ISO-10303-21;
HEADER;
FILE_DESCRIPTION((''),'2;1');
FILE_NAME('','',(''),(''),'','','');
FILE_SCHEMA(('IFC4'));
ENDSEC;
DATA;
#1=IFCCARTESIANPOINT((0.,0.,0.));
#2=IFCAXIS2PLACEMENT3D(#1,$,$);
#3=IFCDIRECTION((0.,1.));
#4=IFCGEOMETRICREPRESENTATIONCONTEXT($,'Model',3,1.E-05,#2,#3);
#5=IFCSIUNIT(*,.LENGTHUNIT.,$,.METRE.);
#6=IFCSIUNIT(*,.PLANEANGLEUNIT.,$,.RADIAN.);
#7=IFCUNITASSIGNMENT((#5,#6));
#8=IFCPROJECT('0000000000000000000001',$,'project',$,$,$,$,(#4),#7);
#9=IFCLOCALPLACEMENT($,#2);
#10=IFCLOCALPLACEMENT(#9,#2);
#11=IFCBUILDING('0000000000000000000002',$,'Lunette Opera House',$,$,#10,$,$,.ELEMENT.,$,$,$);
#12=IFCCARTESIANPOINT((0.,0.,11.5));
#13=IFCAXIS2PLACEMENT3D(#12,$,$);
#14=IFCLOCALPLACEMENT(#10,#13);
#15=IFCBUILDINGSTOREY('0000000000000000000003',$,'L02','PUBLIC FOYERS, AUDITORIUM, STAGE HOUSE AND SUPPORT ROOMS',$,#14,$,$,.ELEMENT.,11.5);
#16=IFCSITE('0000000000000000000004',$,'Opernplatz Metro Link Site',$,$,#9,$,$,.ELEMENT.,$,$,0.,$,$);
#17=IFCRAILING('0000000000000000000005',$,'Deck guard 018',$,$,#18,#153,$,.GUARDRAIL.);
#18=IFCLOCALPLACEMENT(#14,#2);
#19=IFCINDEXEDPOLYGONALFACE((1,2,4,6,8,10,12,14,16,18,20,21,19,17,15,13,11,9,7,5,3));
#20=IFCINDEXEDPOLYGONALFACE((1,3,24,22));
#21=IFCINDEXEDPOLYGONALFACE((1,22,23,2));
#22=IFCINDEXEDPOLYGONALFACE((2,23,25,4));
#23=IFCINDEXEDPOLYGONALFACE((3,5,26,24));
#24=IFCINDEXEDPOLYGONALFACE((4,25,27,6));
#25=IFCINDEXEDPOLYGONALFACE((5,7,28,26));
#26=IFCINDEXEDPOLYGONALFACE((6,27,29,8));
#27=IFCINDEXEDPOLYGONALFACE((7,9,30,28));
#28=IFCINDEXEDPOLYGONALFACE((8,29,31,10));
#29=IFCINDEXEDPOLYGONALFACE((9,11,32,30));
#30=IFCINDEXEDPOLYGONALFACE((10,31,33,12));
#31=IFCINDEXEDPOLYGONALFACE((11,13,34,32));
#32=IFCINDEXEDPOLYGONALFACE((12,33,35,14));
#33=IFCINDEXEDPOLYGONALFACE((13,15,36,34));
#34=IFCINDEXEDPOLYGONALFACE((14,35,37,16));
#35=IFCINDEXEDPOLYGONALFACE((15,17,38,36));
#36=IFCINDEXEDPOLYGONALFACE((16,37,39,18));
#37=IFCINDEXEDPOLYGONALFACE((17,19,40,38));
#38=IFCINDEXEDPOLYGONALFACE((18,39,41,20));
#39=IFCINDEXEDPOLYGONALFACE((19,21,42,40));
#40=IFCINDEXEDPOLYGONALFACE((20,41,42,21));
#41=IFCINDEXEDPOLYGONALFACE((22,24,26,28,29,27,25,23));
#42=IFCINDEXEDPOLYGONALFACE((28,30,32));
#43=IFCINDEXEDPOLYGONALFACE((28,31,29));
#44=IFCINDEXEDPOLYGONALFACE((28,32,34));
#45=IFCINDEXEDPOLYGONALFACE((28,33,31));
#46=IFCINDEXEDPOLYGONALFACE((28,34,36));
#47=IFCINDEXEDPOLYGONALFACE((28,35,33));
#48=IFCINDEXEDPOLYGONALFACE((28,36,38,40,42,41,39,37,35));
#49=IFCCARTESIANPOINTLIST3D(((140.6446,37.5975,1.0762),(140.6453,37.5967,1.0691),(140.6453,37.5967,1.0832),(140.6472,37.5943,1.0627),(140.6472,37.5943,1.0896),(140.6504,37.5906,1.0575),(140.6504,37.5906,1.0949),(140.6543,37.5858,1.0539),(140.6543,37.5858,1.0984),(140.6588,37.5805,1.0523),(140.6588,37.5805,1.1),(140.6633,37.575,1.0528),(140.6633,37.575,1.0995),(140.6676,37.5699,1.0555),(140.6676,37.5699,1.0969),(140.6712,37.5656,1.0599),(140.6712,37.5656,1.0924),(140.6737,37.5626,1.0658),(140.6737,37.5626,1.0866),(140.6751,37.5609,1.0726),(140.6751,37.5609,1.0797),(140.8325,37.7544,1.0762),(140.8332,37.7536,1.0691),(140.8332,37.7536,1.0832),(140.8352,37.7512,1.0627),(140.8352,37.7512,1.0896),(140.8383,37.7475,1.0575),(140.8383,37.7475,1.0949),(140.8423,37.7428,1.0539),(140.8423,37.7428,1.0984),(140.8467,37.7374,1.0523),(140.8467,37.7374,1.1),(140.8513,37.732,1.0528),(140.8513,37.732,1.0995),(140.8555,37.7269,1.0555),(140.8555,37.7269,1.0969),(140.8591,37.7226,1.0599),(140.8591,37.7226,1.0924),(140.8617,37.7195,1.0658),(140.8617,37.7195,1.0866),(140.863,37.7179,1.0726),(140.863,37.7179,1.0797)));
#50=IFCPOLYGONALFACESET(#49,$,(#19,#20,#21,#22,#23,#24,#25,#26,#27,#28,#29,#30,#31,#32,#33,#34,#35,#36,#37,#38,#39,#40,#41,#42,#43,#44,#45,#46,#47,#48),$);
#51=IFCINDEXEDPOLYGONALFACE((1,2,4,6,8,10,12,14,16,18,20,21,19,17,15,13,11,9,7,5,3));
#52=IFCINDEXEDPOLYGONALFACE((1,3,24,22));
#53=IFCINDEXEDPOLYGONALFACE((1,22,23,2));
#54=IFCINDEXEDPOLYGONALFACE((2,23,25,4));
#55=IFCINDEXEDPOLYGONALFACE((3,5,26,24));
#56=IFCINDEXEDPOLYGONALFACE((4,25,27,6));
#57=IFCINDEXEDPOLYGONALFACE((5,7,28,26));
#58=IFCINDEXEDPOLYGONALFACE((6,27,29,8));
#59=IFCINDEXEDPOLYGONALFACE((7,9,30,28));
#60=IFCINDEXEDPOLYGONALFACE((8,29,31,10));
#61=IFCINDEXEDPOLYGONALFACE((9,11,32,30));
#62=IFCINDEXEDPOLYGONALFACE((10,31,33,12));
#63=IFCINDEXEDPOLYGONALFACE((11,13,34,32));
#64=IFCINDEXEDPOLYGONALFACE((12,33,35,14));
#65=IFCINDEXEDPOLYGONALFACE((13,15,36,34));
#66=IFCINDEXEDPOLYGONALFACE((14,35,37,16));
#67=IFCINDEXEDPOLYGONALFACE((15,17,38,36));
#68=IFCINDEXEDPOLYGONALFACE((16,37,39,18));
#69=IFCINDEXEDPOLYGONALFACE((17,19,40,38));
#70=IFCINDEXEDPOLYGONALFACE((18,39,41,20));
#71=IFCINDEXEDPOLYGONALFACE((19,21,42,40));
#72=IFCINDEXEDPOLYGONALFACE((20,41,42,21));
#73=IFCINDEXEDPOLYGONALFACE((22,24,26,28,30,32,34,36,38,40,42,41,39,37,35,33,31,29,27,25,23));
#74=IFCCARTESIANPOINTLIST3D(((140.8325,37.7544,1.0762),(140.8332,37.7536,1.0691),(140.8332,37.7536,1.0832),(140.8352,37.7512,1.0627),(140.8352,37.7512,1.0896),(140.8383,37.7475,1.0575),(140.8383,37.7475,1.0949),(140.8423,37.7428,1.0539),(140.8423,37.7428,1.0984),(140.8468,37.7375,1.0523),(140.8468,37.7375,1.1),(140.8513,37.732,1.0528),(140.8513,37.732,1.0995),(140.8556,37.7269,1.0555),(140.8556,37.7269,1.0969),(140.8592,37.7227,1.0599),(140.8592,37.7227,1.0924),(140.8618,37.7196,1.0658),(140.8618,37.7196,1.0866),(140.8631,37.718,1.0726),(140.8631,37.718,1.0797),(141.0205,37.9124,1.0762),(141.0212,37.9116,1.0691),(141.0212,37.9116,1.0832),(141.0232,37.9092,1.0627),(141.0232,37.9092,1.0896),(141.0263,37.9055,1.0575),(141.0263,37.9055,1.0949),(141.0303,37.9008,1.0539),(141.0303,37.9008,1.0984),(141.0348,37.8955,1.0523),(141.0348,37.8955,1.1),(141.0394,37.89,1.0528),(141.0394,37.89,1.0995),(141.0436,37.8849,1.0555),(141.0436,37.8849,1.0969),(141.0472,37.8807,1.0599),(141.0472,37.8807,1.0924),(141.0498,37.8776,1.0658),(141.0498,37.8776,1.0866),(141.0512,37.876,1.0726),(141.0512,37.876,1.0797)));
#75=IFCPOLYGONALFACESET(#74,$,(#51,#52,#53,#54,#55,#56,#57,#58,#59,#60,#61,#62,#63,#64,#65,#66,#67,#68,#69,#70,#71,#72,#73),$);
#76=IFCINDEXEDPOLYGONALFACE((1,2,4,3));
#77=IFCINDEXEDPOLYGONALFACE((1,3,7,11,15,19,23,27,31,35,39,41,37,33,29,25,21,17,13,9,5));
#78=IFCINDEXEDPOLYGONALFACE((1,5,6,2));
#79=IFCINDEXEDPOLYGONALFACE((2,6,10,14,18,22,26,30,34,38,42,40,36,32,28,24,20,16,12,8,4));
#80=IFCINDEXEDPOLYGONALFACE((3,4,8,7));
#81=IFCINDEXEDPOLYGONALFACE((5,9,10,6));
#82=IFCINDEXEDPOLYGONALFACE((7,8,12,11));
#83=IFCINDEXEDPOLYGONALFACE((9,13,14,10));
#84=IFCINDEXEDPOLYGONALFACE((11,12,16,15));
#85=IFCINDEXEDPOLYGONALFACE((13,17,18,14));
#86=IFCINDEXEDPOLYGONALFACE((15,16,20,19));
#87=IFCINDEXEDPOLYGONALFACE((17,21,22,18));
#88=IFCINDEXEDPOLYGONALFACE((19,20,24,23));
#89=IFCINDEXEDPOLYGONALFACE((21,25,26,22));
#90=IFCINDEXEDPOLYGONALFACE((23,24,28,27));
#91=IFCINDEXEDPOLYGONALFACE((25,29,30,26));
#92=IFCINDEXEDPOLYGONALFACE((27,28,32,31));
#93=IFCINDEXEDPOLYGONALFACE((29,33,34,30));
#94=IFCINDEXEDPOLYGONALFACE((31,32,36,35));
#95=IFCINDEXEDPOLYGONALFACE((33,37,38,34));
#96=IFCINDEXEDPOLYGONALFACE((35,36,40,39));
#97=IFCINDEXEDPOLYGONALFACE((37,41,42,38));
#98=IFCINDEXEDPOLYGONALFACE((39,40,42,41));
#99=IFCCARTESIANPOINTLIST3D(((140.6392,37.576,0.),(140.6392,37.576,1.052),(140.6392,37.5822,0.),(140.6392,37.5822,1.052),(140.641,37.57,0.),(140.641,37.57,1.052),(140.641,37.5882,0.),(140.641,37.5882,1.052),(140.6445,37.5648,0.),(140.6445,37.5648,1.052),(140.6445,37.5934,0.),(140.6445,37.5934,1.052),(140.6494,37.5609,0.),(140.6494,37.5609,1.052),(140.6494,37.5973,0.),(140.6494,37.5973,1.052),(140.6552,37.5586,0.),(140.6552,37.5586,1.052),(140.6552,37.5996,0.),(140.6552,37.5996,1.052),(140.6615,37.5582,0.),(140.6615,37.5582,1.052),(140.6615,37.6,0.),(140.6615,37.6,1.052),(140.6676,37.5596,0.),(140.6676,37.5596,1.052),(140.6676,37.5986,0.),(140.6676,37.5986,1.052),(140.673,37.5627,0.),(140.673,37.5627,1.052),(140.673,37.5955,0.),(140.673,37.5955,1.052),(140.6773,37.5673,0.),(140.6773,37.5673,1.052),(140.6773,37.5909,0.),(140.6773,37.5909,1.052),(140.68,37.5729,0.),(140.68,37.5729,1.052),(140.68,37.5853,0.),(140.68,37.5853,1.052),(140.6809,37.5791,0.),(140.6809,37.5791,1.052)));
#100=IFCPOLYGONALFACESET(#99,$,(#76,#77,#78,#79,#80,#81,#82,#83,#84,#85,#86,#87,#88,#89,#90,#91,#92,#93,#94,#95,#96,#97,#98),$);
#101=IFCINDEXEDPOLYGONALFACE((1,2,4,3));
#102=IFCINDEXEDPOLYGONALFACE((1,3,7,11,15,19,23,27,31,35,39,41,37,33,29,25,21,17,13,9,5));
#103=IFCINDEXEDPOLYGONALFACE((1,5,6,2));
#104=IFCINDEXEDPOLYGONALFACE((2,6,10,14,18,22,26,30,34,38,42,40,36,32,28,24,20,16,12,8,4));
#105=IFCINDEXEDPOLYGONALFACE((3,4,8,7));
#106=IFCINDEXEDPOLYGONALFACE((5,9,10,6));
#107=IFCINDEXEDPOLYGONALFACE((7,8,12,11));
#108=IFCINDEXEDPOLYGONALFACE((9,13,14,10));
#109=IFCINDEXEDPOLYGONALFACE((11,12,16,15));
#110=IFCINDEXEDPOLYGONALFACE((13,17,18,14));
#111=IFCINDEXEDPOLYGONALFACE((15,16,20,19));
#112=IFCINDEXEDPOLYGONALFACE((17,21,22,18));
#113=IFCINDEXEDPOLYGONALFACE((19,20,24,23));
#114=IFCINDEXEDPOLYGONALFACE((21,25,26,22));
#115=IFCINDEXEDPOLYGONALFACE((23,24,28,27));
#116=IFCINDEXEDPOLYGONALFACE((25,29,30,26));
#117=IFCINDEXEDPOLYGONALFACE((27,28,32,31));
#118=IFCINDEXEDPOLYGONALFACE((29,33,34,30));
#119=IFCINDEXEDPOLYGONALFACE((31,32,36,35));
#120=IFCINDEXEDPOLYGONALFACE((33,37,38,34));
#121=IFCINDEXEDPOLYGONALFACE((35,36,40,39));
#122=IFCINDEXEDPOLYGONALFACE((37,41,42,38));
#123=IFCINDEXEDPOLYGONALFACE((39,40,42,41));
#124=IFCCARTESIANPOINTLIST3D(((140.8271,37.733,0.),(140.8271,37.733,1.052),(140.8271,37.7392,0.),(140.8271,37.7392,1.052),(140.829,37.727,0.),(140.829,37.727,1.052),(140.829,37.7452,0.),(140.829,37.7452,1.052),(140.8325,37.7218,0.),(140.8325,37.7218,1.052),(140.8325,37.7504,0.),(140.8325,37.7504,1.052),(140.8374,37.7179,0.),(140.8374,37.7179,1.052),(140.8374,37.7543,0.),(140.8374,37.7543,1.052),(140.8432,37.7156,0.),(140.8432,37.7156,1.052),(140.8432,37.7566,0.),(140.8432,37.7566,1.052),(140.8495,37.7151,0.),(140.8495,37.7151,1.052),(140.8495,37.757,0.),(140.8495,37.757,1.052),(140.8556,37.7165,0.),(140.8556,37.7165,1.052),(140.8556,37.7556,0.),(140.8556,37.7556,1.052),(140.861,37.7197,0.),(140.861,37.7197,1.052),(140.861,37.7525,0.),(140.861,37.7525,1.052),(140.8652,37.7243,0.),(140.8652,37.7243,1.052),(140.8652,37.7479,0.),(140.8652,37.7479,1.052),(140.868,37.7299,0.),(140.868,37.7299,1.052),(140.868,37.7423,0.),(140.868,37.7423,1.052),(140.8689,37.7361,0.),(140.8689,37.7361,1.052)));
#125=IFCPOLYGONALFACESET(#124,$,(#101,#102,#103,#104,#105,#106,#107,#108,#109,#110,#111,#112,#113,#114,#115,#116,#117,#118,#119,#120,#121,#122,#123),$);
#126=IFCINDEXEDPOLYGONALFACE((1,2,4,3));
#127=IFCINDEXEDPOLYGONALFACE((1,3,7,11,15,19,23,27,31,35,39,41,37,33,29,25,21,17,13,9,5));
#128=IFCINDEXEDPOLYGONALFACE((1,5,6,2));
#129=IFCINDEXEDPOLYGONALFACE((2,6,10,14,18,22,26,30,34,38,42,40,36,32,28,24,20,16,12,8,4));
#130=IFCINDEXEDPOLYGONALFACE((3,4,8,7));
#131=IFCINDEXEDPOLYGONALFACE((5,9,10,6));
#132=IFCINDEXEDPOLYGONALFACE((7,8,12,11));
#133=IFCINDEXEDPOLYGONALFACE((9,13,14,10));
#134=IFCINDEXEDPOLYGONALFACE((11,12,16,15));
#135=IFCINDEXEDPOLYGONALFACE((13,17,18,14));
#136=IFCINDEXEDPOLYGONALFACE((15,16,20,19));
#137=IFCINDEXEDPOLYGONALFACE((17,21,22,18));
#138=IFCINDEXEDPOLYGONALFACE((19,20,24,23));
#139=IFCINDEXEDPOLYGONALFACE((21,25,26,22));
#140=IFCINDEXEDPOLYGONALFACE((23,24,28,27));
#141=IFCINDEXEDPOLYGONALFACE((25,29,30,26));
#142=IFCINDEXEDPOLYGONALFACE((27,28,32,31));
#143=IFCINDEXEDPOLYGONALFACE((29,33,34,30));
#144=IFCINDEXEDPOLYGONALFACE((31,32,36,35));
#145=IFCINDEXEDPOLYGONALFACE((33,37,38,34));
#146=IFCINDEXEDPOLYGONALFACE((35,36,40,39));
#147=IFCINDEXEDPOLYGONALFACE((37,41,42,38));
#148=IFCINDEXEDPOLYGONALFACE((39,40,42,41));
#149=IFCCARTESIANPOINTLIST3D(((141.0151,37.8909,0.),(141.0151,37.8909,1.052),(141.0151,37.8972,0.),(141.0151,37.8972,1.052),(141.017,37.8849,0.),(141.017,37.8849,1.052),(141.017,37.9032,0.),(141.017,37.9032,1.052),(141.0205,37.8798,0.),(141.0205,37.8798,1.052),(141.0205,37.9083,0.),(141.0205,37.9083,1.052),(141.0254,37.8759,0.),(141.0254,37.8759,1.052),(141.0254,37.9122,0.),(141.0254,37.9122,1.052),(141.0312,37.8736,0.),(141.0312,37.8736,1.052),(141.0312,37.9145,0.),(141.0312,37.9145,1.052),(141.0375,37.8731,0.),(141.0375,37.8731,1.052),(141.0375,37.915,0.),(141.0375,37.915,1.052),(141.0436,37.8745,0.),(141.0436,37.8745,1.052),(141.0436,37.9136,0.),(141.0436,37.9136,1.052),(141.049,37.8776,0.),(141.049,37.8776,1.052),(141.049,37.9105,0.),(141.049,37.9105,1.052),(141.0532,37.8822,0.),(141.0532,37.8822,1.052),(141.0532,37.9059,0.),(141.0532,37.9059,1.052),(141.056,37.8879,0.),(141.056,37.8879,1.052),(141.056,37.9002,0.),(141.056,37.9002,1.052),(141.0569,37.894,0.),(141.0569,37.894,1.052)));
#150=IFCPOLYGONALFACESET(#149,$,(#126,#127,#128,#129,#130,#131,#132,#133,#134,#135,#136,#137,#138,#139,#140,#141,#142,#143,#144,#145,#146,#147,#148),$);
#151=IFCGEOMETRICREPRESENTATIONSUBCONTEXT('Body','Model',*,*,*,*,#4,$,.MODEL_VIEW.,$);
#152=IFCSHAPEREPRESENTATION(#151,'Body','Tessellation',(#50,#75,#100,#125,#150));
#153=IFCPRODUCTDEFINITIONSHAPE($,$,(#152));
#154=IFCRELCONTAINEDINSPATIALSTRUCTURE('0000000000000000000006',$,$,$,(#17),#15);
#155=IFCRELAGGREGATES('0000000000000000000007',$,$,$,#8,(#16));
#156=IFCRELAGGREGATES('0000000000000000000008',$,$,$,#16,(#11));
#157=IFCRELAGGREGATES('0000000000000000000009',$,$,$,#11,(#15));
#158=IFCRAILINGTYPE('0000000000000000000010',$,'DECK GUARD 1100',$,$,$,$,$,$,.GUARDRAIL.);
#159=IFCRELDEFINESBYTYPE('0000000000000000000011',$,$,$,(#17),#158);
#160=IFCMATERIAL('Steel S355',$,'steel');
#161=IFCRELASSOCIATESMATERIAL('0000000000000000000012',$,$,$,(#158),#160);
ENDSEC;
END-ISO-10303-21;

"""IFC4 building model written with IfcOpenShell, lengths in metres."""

from ifc_helpers import new_model, si_unit, direction, frame, origin, origin_2d, place, context, subcontext, project, spatial, circle, extrude, material, type_object, element, save


model = new_model("IFC4")

# Units and contexts
model_context = context("Model", 3, precision=1e-05, world=origin(), true_north=direction((0.0, 1.0)))
body_context = subcontext(model_context, "Body", "Model", "MODEL_VIEW")
ifc_project = project(units=[si_unit("LENGTHUNIT", "METRE"), si_unit("PLANEANGLEUNIT", "RADIAN")], contexts=[model_context])

# Site, building, storey
site_placement = place(None, origin())
site = spatial("IfcSite", under=ifc_project, at=site_placement, Name="Opernplatz Metro Link Site", CompositionType="ELEMENT", RefElevation=0.0)
building_placement = place(site_placement, origin())
building = spatial("IfcBuilding", under=site, at=building_placement, Name="Lunette Opera House", CompositionType="ELEMENT")
storey_placement = place(building_placement, frame((0.0, 0.0, 11.5)))
storey = spatial("IfcBuildingStorey", under=building, at=storey_placement, Name="L02", Description="PUBLIC FOYERS, AUDITORIUM, STAGE HOUSE AND SUPPORT ROOMS", CompositionType="ELEMENT", Elevation=11.5)

# Railing
ifc_material_1 = material(Name="Steel S355", Category="steel")
railing_type = type_object("IfcRailingType", Name="DECK GUARD 1100", PredefinedType="GUARDRAIL", material=ifc_material_1)
railing_placement = place(storey_placement, frame((140.6599, 37.5791, 0.0)))
element("IfcRailing", 1, at=railing_placement, inside=storey, type_object=railing_type, Name="Deck guard 018", PredefinedType="GUARDRAIL", context=body_context, shape_type="SweptSolid", body=[
    extrude(circle(Radius=0.0239, at=origin_2d()), frame((0.0, 0.0, 1.0762), z_axis=(0.767567, 0.640968, 0.0), x_axis=(-0.640968, 0.767567, 0.0)), (0.0, 0.0, 1.0), 0.2449),
    extrude(circle(Radius=0.0239, at=origin_2d()), frame((0.188, 0.157, 1.0762), z_axis=(0.765607, 0.643309, 0.0), x_axis=(-0.643309, 0.765607, 0.0)), (0.0, 0.0, 1.0), 0.2456),
    extrude(circle(Radius=0.021, at=origin_2d()), origin(), (0.0, 0.0, 1.0), 1.052),
    extrude(circle(Radius=0.021, at=origin_2d()), frame((0.188, 0.157, 0.0)), (0.0, 0.0, 1.0), 1.052),
    extrude(circle(Radius=0.021, at=origin_2d()), frame((0.376, 0.3149, 0.0)), (0.0, 0.0, 1.0), 1.052),
])

save(model, "model.ifc")
